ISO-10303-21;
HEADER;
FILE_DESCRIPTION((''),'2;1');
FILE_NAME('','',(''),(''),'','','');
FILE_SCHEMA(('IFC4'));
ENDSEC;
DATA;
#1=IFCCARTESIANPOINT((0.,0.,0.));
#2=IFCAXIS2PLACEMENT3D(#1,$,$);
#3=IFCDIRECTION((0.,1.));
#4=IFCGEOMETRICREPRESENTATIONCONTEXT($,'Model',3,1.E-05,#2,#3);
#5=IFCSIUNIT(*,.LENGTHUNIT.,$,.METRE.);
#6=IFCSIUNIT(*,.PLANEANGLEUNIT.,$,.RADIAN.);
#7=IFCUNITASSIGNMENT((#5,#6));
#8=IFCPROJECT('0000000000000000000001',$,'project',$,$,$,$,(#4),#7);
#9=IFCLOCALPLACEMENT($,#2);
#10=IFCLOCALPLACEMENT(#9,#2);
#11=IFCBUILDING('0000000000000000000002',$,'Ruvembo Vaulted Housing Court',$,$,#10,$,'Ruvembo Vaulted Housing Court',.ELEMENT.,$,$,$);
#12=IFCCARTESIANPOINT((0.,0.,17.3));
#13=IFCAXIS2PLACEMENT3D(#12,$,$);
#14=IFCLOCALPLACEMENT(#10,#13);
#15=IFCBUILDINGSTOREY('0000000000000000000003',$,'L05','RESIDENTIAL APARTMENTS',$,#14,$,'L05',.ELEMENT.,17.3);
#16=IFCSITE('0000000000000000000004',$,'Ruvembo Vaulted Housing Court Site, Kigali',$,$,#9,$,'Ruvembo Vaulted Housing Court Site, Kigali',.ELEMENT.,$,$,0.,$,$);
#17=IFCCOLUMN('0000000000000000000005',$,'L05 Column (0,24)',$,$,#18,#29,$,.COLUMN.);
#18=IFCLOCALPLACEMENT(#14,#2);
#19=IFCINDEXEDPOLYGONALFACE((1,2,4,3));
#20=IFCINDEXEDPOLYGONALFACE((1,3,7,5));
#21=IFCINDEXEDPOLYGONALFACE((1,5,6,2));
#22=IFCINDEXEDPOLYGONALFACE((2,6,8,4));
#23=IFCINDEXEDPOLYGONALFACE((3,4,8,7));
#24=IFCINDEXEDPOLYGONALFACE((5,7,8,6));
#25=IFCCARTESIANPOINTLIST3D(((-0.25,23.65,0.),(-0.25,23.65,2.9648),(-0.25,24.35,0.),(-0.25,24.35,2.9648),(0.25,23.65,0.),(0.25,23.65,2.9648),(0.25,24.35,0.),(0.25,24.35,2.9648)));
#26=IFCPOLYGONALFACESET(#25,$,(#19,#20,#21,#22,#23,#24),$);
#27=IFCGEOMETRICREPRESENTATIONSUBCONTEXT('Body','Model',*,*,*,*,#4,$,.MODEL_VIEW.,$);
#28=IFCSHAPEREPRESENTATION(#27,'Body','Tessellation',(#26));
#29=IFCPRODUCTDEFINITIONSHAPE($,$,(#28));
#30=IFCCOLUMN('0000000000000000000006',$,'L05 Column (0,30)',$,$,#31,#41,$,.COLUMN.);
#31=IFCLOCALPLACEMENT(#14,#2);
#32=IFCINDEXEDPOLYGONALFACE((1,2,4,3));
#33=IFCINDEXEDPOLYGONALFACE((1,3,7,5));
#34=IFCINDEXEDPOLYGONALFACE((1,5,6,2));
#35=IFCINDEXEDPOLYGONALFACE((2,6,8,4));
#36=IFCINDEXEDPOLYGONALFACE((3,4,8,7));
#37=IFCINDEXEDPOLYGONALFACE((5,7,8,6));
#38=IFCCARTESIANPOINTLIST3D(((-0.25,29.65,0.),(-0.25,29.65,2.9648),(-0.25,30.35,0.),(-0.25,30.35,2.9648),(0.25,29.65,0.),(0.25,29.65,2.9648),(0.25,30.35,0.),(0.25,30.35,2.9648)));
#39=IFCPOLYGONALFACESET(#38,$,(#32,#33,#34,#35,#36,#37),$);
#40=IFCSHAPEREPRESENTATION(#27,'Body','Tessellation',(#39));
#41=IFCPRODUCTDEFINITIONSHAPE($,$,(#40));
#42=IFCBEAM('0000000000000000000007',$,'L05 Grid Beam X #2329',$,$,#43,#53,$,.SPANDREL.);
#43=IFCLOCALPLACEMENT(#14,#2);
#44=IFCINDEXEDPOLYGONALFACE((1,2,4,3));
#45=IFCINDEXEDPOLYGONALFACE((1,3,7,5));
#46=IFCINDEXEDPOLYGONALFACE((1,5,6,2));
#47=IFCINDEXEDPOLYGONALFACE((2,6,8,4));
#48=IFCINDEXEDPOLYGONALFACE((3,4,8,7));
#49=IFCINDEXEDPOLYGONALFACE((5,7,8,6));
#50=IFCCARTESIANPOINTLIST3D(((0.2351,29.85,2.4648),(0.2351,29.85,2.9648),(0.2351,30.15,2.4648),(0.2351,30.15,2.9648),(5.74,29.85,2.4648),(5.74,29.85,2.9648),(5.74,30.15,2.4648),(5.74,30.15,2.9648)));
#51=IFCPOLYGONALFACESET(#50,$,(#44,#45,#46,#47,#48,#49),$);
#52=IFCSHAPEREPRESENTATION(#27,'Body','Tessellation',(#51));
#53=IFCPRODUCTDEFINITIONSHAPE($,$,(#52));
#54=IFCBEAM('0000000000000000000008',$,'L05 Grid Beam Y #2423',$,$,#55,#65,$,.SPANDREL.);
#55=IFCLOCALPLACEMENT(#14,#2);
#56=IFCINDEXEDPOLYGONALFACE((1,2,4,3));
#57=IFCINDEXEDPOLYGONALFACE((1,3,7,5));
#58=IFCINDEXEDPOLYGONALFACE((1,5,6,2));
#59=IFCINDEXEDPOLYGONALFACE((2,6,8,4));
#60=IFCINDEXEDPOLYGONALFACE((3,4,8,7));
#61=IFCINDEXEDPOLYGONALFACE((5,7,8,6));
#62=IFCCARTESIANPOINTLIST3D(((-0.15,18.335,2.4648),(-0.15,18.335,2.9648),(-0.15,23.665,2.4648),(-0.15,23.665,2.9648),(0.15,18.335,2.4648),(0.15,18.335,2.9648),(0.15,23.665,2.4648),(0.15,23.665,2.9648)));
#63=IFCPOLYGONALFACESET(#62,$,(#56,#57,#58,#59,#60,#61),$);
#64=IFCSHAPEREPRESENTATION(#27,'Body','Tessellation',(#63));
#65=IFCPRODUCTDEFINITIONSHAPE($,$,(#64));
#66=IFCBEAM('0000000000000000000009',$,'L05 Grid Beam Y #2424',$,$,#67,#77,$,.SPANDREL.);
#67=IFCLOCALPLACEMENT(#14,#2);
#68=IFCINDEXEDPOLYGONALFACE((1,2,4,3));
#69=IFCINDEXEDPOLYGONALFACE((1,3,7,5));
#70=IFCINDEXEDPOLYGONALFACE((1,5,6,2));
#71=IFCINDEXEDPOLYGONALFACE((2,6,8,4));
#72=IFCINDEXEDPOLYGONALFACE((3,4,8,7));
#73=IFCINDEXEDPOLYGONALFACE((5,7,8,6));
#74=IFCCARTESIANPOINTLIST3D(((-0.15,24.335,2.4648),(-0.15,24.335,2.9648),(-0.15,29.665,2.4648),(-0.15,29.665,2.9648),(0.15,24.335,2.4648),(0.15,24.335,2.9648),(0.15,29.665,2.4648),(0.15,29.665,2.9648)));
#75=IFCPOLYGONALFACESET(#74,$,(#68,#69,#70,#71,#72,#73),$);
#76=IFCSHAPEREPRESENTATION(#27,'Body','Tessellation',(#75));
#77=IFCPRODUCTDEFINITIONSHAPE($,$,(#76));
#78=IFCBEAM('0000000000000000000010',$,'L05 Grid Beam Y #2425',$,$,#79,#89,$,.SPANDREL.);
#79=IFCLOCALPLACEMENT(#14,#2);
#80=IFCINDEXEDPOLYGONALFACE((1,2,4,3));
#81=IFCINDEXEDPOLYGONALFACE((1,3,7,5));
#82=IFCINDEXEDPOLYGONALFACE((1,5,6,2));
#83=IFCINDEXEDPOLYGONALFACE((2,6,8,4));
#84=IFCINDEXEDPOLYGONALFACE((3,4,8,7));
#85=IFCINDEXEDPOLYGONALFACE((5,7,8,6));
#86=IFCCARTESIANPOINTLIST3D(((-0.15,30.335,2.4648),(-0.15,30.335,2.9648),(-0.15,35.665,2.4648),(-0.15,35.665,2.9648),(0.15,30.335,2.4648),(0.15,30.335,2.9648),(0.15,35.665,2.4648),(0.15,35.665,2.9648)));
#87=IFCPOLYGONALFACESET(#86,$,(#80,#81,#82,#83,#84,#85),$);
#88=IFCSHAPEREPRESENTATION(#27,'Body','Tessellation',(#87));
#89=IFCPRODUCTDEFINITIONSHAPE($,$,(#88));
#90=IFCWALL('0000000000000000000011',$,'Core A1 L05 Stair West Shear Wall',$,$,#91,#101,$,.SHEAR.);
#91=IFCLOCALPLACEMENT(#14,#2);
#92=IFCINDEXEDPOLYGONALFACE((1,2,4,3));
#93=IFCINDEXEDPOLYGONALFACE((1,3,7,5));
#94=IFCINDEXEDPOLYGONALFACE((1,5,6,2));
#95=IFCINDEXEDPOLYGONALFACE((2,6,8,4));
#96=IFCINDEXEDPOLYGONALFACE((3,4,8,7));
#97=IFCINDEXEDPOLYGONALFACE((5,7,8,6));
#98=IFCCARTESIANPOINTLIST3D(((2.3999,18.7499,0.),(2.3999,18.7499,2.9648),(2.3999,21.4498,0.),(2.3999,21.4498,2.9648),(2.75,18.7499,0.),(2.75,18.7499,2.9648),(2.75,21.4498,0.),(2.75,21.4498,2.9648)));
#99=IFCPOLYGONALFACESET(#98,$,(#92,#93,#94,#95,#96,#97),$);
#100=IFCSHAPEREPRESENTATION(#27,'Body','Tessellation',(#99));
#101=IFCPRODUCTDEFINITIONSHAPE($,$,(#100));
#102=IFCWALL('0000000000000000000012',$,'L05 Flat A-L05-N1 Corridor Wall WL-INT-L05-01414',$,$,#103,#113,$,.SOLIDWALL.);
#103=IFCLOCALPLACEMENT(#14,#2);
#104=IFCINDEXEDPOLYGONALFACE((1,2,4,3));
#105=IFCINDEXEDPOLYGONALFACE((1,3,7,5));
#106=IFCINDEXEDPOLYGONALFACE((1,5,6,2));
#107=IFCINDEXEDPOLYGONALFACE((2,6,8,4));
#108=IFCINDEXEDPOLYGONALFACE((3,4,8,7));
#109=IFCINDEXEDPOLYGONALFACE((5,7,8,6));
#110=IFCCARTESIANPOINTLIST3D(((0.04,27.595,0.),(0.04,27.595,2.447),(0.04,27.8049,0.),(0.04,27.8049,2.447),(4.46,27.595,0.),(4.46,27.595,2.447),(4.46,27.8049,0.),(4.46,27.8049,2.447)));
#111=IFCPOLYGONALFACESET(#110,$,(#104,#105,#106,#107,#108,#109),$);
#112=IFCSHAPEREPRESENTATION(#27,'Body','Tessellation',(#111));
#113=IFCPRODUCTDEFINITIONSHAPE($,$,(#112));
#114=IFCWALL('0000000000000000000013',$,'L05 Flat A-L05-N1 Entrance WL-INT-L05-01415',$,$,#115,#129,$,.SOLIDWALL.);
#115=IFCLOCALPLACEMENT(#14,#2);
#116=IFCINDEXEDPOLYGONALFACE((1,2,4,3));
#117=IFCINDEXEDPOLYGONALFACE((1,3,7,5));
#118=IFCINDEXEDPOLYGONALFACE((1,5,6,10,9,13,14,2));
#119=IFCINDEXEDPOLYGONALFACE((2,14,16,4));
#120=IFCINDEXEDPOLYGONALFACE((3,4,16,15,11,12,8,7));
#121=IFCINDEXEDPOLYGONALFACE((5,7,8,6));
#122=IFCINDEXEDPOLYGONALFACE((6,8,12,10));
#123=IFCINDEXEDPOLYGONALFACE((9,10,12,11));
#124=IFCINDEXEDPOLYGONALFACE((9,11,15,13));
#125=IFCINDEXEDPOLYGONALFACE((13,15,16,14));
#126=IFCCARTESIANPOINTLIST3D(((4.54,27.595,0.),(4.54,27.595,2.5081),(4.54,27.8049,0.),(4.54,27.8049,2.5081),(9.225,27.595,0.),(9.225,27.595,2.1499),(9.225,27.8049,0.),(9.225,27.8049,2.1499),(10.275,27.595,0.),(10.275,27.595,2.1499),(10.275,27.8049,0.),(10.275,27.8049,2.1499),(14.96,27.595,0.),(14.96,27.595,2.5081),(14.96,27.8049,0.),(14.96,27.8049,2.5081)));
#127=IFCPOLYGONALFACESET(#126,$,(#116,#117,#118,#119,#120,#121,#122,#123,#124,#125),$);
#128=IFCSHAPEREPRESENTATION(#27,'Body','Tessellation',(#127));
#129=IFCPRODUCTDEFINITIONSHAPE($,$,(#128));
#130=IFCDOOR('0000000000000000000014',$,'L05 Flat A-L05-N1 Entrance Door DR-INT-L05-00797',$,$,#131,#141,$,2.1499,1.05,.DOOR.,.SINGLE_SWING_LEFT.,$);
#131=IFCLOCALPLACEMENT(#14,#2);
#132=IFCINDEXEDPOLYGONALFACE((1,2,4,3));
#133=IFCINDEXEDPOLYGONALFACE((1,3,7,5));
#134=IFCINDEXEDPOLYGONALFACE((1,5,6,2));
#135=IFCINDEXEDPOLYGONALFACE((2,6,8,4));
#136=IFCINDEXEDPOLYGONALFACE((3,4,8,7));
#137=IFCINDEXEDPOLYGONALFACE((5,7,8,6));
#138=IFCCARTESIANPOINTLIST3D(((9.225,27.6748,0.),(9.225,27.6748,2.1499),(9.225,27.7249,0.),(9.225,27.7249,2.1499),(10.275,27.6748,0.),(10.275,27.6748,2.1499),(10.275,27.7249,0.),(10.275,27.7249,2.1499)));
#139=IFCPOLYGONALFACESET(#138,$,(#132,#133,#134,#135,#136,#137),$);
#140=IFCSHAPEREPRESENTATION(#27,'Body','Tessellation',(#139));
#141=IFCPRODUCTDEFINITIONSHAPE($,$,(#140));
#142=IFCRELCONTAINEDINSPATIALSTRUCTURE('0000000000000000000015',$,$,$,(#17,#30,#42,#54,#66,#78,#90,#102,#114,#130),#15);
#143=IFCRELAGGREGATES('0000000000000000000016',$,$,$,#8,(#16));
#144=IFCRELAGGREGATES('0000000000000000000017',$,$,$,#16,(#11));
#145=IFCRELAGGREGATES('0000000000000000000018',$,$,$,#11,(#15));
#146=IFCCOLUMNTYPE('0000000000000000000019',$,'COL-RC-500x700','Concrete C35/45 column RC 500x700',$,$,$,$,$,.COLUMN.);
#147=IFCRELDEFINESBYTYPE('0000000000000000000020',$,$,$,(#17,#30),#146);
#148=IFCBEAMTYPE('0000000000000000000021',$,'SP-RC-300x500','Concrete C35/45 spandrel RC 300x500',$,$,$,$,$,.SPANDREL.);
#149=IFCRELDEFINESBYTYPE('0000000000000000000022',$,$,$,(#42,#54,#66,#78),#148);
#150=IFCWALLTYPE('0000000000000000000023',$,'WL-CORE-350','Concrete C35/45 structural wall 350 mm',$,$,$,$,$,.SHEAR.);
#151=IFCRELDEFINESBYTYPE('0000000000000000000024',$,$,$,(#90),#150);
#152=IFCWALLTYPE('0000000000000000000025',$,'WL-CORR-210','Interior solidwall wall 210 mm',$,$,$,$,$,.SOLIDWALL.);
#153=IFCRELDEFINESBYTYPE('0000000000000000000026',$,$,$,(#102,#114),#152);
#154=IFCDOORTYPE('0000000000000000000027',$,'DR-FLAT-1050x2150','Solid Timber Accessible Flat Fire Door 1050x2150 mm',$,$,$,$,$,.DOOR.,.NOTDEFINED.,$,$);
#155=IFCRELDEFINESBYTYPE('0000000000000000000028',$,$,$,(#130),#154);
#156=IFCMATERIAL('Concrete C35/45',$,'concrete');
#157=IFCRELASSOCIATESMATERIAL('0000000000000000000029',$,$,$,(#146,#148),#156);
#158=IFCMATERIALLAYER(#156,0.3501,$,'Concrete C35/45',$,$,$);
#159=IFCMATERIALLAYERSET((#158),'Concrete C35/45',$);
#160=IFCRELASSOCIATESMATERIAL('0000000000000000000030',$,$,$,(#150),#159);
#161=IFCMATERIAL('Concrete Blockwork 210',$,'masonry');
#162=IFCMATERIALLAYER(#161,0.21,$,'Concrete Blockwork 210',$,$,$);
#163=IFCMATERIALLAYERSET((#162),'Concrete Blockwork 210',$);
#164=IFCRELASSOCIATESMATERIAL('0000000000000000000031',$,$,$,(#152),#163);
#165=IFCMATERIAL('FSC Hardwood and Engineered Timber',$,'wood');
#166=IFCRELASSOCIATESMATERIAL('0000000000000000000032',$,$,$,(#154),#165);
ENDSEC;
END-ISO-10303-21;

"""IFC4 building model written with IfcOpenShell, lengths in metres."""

from ifc_helpers import new_model, si_unit, direction, frame, frame_2d, origin, origin_2d, place, context, subcontext, project, spatial, rectangle, extrude, material, layer, layer_set, material_profile, profile_set, type_object, element, fill, save


model = new_model("IFC4")

# Units and contexts
model_context = context("Model", 3, precision=1e-05, world=origin(), true_north=direction((0.0, 1.0)))
body_context = subcontext(model_context, "Body", "Model", "MODEL_VIEW")
ifc_project = project(units=[si_unit("LENGTHUNIT", "METRE"), si_unit("PLANEANGLEUNIT", "RADIAN")], contexts=[model_context])

# Site, building, storey
site_placement = place(None, origin())
site = spatial("IfcSite", under=ifc_project, at=site_placement, Name="Ruvembo Vaulted Housing Court Site, Kigali", LongName="Ruvembo Vaulted Housing Court Site, Kigali", CompositionType="ELEMENT", RefElevation=0.0)
building_placement = place(site_placement, origin())
building = spatial("IfcBuilding", under=site, at=building_placement, Name="Ruvembo Vaulted Housing Court", LongName="Ruvembo Vaulted Housing Court", CompositionType="ELEMENT")
storey_placement = place(building_placement, frame((0.0, 0.0, 17.3)))
storey = spatial("IfcBuildingStorey", under=building, at=storey_placement, Name="L05", Description="RESIDENTIAL APARTMENTS", LongName="L05", CompositionType="ELEMENT", Elevation=17.3)

# Columns
ifc_material_1 = material(Name="Concrete C35/45", Category="concrete")
ifc_material_profile_1 = material_profile(ifc_material_1, rectangle(XDim=0.5, YDim=0.7, at=origin_2d()), Name="RC 500x700")
ifc_profile_set_1 = profile_set([ifc_material_profile_1], Name="Concrete C35/45")
column_type = type_object("IfcColumnType", Name="COL-RC-500x700", Description="Concrete C35/45 column RC 500x700", PredefinedType="COLUMN", material=ifc_profile_set_1)
for number, where, z_axis, x_axis, name in (
    (1, (0.0, 24.0, 0.0), (0.0, 0.0, 1.0), (1.0, 0.0, 0.0), "L05 Column (0,24)"),
    (2, (0.0, 30.0, 0.0), (0.0, 0.0, 1.0), (1.0, 0.0, 0.0), "L05 Column (0,30)"),
):
    element("IfcColumn", number, at=place(storey_placement, frame(where, z_axis=z_axis, x_axis=x_axis)), inside=storey, type_object=column_type, Name=name, PredefinedType="COLUMN", context=body_context, shape_type="SweptSolid", body=[
        extrude(rectangle(XDim=0.5, YDim=0.7, at=origin_2d()), origin(), (0.0, 0.0, 1.0), 2.9648),
    ])

# Beams
ifc_material_profile_2 = material_profile(ifc_material_1, rectangle(XDim=0.3, YDim=0.5, at=origin_2d()), Name="RC 300x500")
ifc_profile_set_2 = profile_set([ifc_material_profile_2], Name="Concrete C35/45")
beam_type = type_object("IfcBeamType", Name="SP-RC-300x500", Description="Concrete C35/45 spandrel RC 300x500", PredefinedType="SPANDREL", material=ifc_profile_set_2)
beam_placement = place(storey_placement, frame((0.2351, 30.0, 2.7148), z_axis=(1.0, 0.0, 0.0), x_axis=(0.0, 1.0, 0.0)))
element("IfcBeam", 3, at=beam_placement, inside=storey, type_object=beam_type, Name="L05 Grid Beam X #2329", PredefinedType="SPANDREL", context=body_context, shape_type="SweptSolid", body=[
    extrude(rectangle(XDim=0.3, YDim=0.5, at=origin_2d()), origin(), (0.0, 0.0, 1.0), 5.5049),
])
for number, where, z_axis, x_axis, name in (
    (4, (0.0, 18.335, 2.7148), (0.0, 1.0, 0.0), (-1.0, 0.0, 0.0), "L05 Grid Beam Y #2423"),
    (5, (0.0, 24.335, 2.7148), (0.0, 1.0, 0.0), (-1.0, 0.0, 0.0), "L05 Grid Beam Y #2424"),
    (6, (0.0, 30.335, 2.7148), (0.0, 1.0, 0.0), (-1.0, 0.0, 0.0), "L05 Grid Beam Y #2425"),
):
    element("IfcBeam", number, at=place(storey_placement, frame(where, z_axis=z_axis, x_axis=x_axis)), inside=storey, type_object=beam_type, Name=name, PredefinedType="SPANDREL", context=body_context, shape_type="SweptSolid", body=[
        extrude(rectangle(XDim=0.3, YDim=0.5, at=origin_2d()), origin(), (0.0, 0.0, 1.0), 5.3301),
    ])

# Shared definitions
ifc_layer_1 = layer(ifc_material_1, 0.3501, Name="Concrete C35/45")
ifc_layer_set_1 = layer_set([ifc_layer_1], Name="Concrete C35/45")
wall_type_1 = type_object("IfcWallType", Name="WL-CORE-350", Description="Concrete C35/45 structural wall 350 mm", PredefinedType="SHEAR", material=ifc_layer_set_1)

# Walls
wall_1_placement = place(storey_placement, frame((2.575, 21.45, 0.0), z_axis=(0.0, 0.0, 1.0), x_axis=(0.0, -1.0, 0.0)))
element("IfcWall", 7, at=wall_1_placement, inside=storey, type_object=wall_type_1, Name="Core A1 L05 Stair West Shear Wall", PredefinedType="SHEAR", context=body_context, shape_type="SweptSolid", body=[
    extrude(rectangle(XDim=2.7, YDim=0.3501, at=frame_2d((1.3501, 0.0))), origin(), (0.0, 0.0, 1.0), 2.9648),
])
ifc_material_2 = material(Name="Concrete Blockwork 210", Category="masonry")
ifc_layer_2 = layer(ifc_material_2, 0.21, Name="Concrete Blockwork 210")
ifc_layer_set_2 = layer_set([ifc_layer_2], Name="Concrete Blockwork 210")
wall_type_2 = type_object("IfcWallType", Name="WL-CORR-210", Description="Interior solidwall wall 210 mm", PredefinedType="SOLIDWALL", material=ifc_layer_set_2)
wall_2_placement = place(storey_placement, frame((0.04, 27.7, 0.0), z_axis=(0.0, 0.0, 1.0), x_axis=(1.0, 0.0, 0.0)))
element("IfcWall", 8, at=wall_2_placement, inside=storey, type_object=wall_type_2, Name="L05 Flat A-L05-N1 Corridor Wall WL-INT-L05-01414", PredefinedType="SOLIDWALL", context=body_context, shape_type="SweptSolid", body=[
    extrude(rectangle(XDim=4.4199, YDim=0.21, at=frame_2d((2.21, 0.0))), origin(), (0.0, 0.0, 1.0), 2.447),
])

# Wall, opening, door
wall_3_placement = place(storey_placement, frame((4.54, 27.7, 0.0), z_axis=(0.0, 0.0, 1.0), x_axis=(1.0, 0.0, 0.0)))
wall_3 = element("IfcWall", 9, at=wall_3_placement, inside=storey, type_object=wall_type_2, Name="L05 Flat A-L05-N1 Entrance WL-INT-L05-01415", PredefinedType="SOLIDWALL", context=body_context, shape_type="SweptSolid", body=[
    extrude(rectangle(XDim=10.4199, YDim=0.21, at=frame_2d((5.21, 0.0))), origin(), (0.0, 0.0, 1.0), 2.5081),
])
opening_1_placement = place(wall_3_placement, frame((4.6851, 0.0, 0.0)))
opening_1 = element("IfcOpeningElement", 10, at=opening_1_placement, cuts=wall_3, PredefinedType="OPENING", context=body_context, shape_type="SweptSolid", body=[
    extrude(rectangle(XDim=1.05, YDim=2.1499, at=frame_2d((0.5249, 1.075))), frame((0.0, 0.115, 0.0), z_axis=(0.0, -1.0, 0.0), x_axis=(1.0, 0.0, 0.0)), (0.0, 0.0, 1.0), 0.23),
])
ifc_material_3 = material(Name="FSC Hardwood and Engineered Timber", Category="wood")
door_type_1 = type_object("IfcDoorType", Name="DR-FLAT-1050x2150", Description="Solid Timber Accessible Flat Fire Door 1050x2150 mm", OperationType="NOTDEFINED", PredefinedType="DOOR", material=ifc_material_3)
door_1_placement = place(opening_1_placement, origin())
door_1 = element("IfcDoor", 11, at=door_1_placement, inside=storey, type_object=door_type_1, Name="L05 Flat A-L05-N1 Entrance Door DR-INT-L05-00797", OperationType="SINGLE_SWING_LEFT", OverallHeight=2.1499, OverallWidth=1.05, PredefinedType="DOOR", context=body_context, shape_type="SweptSolid", body=[
    extrude(rectangle(XDim=1.05, YDim=2.1499, at=frame_2d((0.5249, 1.075))), frame((0.0, 0.0249, 0.0), z_axis=(0.0, -1.0, 0.0), x_axis=(1.0, 0.0, 0.0)), (0.0, 0.0, 1.0), 0.05),
])
fill(opening_1, door_1)

save(model, "model.ifc")
